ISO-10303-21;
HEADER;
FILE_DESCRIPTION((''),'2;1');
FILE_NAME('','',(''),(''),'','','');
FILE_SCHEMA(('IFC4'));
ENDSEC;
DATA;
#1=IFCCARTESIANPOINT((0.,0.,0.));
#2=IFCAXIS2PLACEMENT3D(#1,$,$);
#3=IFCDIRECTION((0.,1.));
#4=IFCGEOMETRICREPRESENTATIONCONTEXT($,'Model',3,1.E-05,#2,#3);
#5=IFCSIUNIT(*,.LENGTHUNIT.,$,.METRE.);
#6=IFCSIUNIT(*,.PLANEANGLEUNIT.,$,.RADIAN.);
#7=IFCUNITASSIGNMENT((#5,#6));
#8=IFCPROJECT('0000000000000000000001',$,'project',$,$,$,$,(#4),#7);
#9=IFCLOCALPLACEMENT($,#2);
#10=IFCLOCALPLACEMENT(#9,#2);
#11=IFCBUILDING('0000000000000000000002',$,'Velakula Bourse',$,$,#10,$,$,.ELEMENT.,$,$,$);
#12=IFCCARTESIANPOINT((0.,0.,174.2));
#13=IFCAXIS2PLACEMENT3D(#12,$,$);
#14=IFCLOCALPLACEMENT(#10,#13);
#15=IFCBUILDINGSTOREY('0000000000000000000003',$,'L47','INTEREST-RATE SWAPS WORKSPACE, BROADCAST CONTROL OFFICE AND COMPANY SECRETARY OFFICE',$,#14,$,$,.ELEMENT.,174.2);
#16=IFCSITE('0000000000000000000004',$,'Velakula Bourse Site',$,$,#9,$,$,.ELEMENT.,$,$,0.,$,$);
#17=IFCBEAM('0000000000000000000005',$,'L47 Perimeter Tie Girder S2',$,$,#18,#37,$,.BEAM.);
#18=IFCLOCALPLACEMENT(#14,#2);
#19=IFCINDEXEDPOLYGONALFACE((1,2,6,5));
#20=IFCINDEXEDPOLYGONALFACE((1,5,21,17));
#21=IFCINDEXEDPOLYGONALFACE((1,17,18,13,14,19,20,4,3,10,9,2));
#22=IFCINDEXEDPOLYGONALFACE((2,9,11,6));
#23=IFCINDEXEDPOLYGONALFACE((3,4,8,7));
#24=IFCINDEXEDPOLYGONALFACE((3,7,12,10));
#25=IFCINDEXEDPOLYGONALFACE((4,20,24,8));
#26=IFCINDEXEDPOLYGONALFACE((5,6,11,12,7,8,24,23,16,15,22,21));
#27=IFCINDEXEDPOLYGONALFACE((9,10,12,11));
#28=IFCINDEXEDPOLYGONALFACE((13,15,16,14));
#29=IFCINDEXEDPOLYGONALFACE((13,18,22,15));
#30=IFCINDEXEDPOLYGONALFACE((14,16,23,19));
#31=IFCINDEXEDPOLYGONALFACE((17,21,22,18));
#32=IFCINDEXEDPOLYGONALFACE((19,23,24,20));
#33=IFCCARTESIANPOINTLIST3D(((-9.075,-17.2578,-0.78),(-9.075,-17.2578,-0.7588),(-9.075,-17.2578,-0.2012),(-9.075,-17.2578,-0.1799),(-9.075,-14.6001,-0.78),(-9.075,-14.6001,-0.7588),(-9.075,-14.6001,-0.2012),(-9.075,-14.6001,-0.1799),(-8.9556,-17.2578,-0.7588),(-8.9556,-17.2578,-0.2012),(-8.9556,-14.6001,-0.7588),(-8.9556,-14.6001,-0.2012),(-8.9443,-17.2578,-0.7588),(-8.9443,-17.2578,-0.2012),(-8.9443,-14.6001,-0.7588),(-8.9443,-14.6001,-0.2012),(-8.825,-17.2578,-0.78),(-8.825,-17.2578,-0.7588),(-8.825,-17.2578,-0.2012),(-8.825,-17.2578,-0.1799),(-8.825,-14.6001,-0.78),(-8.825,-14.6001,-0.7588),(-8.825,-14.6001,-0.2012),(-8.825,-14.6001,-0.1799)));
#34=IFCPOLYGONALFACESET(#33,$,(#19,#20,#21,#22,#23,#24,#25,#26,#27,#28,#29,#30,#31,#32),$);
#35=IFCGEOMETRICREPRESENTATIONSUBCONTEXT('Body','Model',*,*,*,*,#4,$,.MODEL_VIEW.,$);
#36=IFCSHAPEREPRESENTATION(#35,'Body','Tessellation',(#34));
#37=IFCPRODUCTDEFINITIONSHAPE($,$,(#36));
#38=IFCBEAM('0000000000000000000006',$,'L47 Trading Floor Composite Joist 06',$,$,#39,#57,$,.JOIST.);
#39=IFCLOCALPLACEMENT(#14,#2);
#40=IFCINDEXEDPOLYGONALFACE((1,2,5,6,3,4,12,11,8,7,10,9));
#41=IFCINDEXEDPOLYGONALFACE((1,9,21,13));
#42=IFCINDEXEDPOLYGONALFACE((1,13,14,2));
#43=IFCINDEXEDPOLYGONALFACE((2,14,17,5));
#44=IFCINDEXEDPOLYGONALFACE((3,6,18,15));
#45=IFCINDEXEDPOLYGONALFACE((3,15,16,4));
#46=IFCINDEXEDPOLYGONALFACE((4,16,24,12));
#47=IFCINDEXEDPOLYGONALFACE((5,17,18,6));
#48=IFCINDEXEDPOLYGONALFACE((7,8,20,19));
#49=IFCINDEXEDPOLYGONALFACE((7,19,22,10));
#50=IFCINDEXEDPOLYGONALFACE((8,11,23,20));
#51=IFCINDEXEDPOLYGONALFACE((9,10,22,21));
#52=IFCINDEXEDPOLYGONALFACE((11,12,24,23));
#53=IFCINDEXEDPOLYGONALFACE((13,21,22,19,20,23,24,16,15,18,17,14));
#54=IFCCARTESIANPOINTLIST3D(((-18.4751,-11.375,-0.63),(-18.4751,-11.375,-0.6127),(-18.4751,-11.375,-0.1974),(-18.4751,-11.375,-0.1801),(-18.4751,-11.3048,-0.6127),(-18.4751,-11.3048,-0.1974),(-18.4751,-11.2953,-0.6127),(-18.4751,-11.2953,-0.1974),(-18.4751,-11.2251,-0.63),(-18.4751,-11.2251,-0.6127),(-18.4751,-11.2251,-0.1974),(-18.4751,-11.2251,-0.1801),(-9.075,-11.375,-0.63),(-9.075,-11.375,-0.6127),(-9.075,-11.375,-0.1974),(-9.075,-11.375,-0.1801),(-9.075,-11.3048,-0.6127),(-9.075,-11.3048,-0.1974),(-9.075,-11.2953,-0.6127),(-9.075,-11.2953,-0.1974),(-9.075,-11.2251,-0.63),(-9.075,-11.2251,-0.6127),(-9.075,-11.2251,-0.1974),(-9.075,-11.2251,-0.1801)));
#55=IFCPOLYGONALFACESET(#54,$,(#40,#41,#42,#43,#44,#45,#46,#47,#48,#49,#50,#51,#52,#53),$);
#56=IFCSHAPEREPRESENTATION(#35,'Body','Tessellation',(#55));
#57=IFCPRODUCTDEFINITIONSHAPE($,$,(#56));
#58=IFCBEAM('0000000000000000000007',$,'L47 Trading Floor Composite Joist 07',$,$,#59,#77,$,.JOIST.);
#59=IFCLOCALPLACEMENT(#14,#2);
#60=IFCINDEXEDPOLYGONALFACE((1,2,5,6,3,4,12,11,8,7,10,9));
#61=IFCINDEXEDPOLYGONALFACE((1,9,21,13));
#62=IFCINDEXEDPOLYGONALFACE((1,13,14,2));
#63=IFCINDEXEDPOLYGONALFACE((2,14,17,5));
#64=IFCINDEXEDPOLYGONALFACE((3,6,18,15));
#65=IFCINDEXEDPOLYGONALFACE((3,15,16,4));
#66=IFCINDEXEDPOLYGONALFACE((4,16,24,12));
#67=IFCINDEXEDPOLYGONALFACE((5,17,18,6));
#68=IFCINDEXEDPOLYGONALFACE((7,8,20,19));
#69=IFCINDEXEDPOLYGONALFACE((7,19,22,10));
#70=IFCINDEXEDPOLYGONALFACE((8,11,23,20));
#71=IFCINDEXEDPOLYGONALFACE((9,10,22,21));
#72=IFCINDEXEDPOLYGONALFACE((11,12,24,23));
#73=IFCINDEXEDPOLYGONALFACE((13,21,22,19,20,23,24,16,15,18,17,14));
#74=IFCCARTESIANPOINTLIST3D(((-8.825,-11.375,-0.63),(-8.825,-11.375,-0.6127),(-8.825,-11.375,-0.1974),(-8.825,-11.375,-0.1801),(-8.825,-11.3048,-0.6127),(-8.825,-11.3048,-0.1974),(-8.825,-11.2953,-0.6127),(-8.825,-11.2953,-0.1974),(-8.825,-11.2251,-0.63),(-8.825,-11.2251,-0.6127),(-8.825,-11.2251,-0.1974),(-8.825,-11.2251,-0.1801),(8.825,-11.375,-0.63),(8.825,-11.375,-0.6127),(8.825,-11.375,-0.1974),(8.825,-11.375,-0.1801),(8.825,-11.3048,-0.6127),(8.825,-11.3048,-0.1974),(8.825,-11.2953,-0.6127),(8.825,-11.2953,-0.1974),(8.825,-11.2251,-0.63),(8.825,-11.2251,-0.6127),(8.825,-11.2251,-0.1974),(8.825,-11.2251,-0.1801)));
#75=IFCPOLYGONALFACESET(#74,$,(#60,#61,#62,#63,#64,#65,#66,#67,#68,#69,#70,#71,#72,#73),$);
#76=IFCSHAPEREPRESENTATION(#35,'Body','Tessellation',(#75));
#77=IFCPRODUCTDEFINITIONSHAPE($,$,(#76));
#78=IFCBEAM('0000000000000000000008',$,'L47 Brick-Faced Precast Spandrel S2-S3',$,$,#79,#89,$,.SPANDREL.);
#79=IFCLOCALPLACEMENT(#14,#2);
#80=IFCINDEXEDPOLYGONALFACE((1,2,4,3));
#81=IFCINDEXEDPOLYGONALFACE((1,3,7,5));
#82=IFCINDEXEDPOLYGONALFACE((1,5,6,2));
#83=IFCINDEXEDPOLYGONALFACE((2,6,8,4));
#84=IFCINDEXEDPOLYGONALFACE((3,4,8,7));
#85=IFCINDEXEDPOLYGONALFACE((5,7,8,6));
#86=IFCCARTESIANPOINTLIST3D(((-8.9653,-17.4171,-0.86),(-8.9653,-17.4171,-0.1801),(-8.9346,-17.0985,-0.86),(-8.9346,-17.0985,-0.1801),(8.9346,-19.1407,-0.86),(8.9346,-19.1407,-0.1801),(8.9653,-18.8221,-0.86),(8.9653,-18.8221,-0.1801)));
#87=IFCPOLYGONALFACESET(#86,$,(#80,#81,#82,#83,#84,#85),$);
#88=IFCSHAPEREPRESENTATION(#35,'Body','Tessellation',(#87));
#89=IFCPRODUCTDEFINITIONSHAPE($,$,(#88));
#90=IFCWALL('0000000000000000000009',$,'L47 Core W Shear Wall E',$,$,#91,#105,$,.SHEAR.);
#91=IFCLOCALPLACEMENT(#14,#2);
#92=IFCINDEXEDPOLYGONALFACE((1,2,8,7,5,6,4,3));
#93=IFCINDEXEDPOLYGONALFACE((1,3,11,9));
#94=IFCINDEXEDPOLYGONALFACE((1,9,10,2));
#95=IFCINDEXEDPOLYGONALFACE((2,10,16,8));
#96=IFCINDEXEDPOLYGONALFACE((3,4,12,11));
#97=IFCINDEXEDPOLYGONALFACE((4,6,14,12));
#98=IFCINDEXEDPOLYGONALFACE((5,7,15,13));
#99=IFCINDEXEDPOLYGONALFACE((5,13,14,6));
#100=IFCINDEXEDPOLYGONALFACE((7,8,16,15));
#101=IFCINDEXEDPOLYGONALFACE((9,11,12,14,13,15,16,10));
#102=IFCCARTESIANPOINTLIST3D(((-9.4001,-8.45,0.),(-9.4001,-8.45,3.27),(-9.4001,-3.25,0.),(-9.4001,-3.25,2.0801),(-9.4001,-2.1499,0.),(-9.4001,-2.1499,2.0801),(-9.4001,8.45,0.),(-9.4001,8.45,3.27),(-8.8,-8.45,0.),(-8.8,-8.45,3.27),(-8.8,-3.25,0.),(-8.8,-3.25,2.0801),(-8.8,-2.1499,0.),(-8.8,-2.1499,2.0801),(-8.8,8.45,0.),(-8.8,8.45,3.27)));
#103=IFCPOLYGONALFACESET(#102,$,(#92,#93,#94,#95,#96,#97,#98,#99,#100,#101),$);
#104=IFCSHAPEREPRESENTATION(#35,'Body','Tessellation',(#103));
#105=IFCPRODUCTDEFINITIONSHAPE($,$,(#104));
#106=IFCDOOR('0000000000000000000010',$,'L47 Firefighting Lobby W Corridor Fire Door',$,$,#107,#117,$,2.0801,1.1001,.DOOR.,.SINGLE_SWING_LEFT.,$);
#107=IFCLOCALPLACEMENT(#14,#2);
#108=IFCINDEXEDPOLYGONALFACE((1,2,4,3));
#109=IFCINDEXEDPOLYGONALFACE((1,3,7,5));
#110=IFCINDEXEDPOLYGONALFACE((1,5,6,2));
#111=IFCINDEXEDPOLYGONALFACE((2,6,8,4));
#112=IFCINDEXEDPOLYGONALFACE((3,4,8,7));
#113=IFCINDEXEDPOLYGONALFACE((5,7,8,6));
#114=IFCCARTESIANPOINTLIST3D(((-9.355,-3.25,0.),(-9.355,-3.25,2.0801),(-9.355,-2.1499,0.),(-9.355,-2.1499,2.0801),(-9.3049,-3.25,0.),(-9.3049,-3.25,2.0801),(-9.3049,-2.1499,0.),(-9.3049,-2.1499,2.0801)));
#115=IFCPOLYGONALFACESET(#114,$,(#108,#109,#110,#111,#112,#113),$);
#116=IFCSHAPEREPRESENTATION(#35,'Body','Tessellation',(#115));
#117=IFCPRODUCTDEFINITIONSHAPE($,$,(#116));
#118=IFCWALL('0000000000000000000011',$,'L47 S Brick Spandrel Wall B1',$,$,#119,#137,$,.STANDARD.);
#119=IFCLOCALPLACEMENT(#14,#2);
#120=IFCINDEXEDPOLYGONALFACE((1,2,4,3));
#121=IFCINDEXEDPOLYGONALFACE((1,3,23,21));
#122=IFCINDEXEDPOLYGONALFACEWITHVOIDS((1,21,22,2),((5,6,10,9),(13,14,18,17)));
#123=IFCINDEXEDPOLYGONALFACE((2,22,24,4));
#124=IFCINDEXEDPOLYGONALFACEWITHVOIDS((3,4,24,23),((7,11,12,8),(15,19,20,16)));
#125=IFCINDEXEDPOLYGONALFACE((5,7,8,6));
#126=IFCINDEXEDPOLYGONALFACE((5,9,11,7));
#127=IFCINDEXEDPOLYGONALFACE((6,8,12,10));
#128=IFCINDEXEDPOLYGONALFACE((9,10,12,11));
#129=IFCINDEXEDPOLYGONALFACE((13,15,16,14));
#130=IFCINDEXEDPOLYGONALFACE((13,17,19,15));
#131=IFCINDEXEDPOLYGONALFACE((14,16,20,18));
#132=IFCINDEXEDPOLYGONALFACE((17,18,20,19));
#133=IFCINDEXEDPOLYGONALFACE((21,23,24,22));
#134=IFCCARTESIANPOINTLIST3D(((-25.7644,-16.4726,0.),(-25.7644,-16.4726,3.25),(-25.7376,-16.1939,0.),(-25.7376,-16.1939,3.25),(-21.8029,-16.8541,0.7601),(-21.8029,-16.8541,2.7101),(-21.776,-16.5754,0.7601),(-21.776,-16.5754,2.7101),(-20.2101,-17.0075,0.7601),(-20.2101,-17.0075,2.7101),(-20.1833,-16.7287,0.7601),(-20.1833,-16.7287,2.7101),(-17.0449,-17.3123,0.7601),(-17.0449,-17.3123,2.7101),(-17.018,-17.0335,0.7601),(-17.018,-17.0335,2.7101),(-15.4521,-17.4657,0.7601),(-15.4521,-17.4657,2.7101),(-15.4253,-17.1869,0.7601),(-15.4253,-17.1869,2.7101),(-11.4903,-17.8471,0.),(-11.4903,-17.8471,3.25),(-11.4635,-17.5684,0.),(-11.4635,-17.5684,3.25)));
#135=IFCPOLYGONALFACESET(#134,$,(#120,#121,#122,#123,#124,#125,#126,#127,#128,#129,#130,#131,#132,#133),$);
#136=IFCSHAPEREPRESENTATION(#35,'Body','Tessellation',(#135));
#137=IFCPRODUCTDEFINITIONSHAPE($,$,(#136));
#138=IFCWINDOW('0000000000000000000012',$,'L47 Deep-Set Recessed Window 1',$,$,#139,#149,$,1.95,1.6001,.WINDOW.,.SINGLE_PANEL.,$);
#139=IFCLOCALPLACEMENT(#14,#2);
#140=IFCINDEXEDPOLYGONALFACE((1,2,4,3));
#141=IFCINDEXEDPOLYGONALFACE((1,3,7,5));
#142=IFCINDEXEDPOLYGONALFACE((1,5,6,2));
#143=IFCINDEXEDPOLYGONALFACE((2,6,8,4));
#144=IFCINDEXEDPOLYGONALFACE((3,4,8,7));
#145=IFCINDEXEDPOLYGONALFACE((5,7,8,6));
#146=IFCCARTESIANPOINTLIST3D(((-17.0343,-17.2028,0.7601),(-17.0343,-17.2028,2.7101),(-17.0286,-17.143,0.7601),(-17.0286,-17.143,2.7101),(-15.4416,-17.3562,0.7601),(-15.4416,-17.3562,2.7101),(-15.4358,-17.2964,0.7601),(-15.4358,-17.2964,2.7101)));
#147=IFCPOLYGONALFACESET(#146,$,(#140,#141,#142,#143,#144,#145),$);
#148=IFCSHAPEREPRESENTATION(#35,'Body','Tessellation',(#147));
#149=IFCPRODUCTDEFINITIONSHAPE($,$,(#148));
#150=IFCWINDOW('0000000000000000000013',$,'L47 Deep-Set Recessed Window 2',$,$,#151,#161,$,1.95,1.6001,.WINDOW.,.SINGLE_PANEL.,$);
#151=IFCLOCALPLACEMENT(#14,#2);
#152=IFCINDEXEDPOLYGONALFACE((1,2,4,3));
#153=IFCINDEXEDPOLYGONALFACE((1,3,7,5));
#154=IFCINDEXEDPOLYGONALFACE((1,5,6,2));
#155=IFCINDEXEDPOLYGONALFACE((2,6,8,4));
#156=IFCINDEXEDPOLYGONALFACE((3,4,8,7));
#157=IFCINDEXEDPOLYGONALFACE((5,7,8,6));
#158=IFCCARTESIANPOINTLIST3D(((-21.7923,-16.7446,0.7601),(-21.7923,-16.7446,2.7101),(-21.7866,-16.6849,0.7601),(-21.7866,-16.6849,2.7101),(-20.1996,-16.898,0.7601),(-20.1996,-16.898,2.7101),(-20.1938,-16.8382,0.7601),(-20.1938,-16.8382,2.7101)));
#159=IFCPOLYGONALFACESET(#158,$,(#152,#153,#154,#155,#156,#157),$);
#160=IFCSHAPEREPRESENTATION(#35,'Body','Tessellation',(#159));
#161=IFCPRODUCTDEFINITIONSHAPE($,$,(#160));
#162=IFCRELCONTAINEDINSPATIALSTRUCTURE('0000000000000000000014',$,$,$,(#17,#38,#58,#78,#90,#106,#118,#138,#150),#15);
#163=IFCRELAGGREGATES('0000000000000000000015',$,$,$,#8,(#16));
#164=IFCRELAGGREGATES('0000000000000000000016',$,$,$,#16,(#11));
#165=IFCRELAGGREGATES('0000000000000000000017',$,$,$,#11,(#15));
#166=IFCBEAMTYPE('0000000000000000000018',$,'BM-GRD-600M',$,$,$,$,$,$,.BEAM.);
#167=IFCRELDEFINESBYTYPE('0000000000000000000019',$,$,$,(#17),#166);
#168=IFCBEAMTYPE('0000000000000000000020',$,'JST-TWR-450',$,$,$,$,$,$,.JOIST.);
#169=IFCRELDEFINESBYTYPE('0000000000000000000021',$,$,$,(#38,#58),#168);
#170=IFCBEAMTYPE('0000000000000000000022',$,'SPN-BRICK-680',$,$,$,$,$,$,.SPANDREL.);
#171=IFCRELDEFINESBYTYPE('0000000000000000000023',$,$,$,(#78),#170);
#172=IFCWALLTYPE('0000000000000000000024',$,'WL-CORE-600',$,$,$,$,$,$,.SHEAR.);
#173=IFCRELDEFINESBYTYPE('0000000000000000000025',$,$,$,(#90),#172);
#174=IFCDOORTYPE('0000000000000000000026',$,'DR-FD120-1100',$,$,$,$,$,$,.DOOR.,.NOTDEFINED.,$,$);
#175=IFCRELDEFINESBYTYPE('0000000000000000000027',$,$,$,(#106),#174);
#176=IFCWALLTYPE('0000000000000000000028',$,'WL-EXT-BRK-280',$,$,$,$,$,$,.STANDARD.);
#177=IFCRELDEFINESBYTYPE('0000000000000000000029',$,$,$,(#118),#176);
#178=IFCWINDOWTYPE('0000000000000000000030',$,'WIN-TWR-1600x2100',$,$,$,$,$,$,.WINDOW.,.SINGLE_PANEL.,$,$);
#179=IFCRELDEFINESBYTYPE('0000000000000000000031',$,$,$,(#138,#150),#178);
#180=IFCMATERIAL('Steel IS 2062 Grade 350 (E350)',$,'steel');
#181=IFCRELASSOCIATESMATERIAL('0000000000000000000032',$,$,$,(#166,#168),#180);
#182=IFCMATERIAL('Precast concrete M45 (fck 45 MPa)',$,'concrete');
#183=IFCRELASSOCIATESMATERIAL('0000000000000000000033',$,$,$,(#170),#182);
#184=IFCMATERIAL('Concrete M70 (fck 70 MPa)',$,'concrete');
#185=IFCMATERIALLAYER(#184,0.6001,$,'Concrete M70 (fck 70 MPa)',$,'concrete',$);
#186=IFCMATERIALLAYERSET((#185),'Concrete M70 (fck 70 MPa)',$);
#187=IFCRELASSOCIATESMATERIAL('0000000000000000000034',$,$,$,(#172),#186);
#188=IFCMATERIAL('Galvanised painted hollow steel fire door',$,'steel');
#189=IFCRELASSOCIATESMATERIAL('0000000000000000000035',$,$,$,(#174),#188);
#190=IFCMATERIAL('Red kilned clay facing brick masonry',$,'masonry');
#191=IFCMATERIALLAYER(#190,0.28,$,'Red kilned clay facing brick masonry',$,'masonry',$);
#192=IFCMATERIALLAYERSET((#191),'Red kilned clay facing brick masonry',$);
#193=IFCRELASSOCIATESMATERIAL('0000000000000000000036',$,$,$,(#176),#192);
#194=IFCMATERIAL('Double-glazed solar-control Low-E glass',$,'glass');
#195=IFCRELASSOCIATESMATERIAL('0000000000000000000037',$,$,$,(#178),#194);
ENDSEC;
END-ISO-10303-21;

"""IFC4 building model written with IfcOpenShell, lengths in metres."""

from ifc_helpers import new_model, si_unit, direction, frame, frame_2d, origin, origin_2d, place, context, subcontext, project, spatial, rectangle, i_section, extrude, material, layer, layer_set, material_profile, profile_set, type_object, element, fill, save


model = new_model("IFC4")

# Units and contexts
model_context = context("Model", 3, precision=1e-05, world=origin(), true_north=direction((0.0, 1.0)))
body_context = subcontext(model_context, "Body", "Model", "MODEL_VIEW")
ifc_project = project(units=[si_unit("LENGTHUNIT", "METRE"), si_unit("PLANEANGLEUNIT", "RADIAN")], contexts=[model_context])

# Site, building, storey
site_placement = place(None, origin())
site = spatial("IfcSite", under=ifc_project, at=site_placement, Name="Velakula Bourse Site", CompositionType="ELEMENT", RefElevation=0.0)
building_placement = place(site_placement, origin())
building = spatial("IfcBuilding", under=site, at=building_placement, Name="Velakula Bourse", CompositionType="ELEMENT")
storey_placement = place(building_placement, frame((0.0, 0.0, 174.2)))
storey = spatial("IfcBuildingStorey", under=building, at=storey_placement, Name="L47", Description="INTEREST-RATE SWAPS WORKSPACE, BROADCAST CONTROL OFFICE AND COMPANY SECRETARY OFFICE", CompositionType="ELEMENT", Elevation=174.2)

# Shared definitions
ifc_material_1 = material(Name="Concrete M70 (fck 70 MPa)", Category="concrete")
ifc_material_2 = material(Name="Steel IS 2062 Grade 350 (E350)", Category="steel")

# Beams
ifc_material_profile_1 = material_profile(ifc_material_2, i_section(OverallWidth=0.25, OverallDepth=0.6001, WebThickness=0.0112, FlangeThickness=0.0212, at=origin_2d()), Name="Steel IS 2062 Grade 350 (E350)")
ifc_profile_set_1 = profile_set([ifc_material_profile_1], Name="Steel IS 2062 Grade 350 (E350)")
beam_type_1 = type_object("IfcBeamType", Name="BM-GRD-600M", PredefinedType="BEAM", material=ifc_profile_set_1)
beam_1_placement = place(storey_placement, frame((-8.95, -14.6001, -0.48), z_axis=(0.0, -1.0, 0.0), x_axis=(1.0, 0.0, 0.0)))
element("IfcBeam", 1, at=beam_1_placement, inside=storey, type_object=beam_type_1, Name="L47 Perimeter Tie Girder S2", PredefinedType="BEAM", context=body_context, shape_type="SweptSolid", body=[
    extrude(i_section(OverallWidth=0.25, OverallDepth=0.6001, WebThickness=0.0112, FlangeThickness=0.0212, at=origin_2d()), origin(), (0.0, 0.0, 1.0), 2.6577),
])
ifc_material_profile_2 = material_profile(ifc_material_2, i_section(OverallWidth=0.1499, OverallDepth=0.45, WebThickness=0.0095, FlangeThickness=0.0173, at=origin_2d()), Name="Steel IS 2062 Grade 350 (E350)")
ifc_profile_set_2 = profile_set([ifc_material_profile_2], Name="Steel IS 2062 Grade 350 (E350)")
beam_type_2 = type_object("IfcBeamType", Name="JST-TWR-450", PredefinedType="JOIST", material=ifc_profile_set_2)
beam_2_placement = place(storey_placement, frame((-18.4751, -11.3, -0.405), z_axis=(1.0, 0.0, 0.0), x_axis=(0.0, 1.0, 0.0)))
element("IfcBeam", 2, at=beam_2_placement, inside=storey, type_object=beam_type_2, Name="L47 Trading Floor Composite Joist 06", PredefinedType="JOIST", context=body_context, shape_type="SweptSolid", body=[
    extrude(i_section(OverallWidth=0.1499, OverallDepth=0.45, WebThickness=0.0095, FlangeThickness=0.0173, at=origin_2d()), origin(), (0.0, 0.0, 1.0), 9.4001),
])
beam_3_placement = place(storey_placement, frame((-8.825, -11.3, -0.405), z_axis=(1.0, 0.0, 0.0), x_axis=(0.0, 1.0, 0.0)))
element("IfcBeam", 3, at=beam_3_placement, inside=storey, type_object=beam_type_2, Name="L47 Trading Floor Composite Joist 07", PredefinedType="JOIST", context=body_context, shape_type="SweptSolid", body=[
    extrude(i_section(OverallWidth=0.1499, OverallDepth=0.45, WebThickness=0.0095, FlangeThickness=0.0173, at=origin_2d()), origin(), (0.0, 0.0, 1.0), 17.6499),
])
ifc_material_3 = material(Name="Precast concrete M45 (fck 45 MPa)", Category="concrete")
ifc_material_profile_3 = material_profile(ifc_material_3, rectangle(XDim=0.3201, YDim=0.6799, at=origin_2d()), Name="Precast concrete M45 (fck 45 MPa)")
ifc_profile_set_3 = profile_set([ifc_material_profile_3], Name="Precast concrete M45 (fck 45 MPa)")
beam_type_3 = type_object("IfcBeamType", Name="SPN-BRICK-680", PredefinedType="SPANDREL", material=ifc_profile_set_3)
beam_4_placement = place(storey_placement, frame((-8.95, -17.2578, -0.52), z_axis=(0.995396, -0.09585, 0.0), x_axis=(0.09585, 0.995396, 0.0)))
element("IfcBeam", 4, at=beam_4_placement, inside=storey, type_object=beam_type_3, Name="L47 Brick-Faced Precast Spandrel S2-S3", PredefinedType="SPANDREL", context=body_context, shape_type="SweptSolid", body=[
    extrude(rectangle(XDim=0.3201, YDim=0.6799, at=origin_2d()), origin(), (0.0, 0.0, 1.0), 17.9827),
])

# Wall, opening, door
ifc_layer_1 = layer(ifc_material_1, 0.6001, Name="Concrete M70 (fck 70 MPa)", Category="concrete")
ifc_layer_set_1 = layer_set([ifc_layer_1], Name="Concrete M70 (fck 70 MPa)")
wall_type_1 = type_object("IfcWallType", Name="WL-CORE-600", PredefinedType="SHEAR", material=ifc_layer_set_1)
wall_1_placement = place(storey_placement, frame((-9.1001, -8.45, 0.0), z_axis=(0.0, 0.0, 1.0), x_axis=(0.0, 1.0, 0.0)))
wall_1 = element("IfcWall", 5, at=wall_1_placement, inside=storey, type_object=wall_type_1, Name="L47 Core W Shear Wall E", PredefinedType="SHEAR", context=body_context, shape_type="SweptSolid", body=[
    extrude(rectangle(XDim=16.8999, YDim=0.6001, at=frame_2d((8.45, 0.0))), origin(), (0.0, 0.0, 1.0), 3.27),
])
opening_1_placement = place(wall_1_placement, frame((5.2, 0.0, 0.0)))
opening_1 = element("IfcOpeningElement", 6, at=opening_1_placement, cuts=wall_1, PredefinedType="OPENING", context=body_context, shape_type="SweptSolid", body=[
    extrude(rectangle(XDim=1.1001, YDim=2.0801, at=frame_2d((0.55, 1.04))), frame((0.0, 0.3101, 0.0), z_axis=(0.0, -1.0, 0.0), x_axis=(1.0, 0.0, 0.0)), (0.0, 0.0, 1.0), 0.6201),
])
ifc_material_4 = material(Name="Galvanised painted hollow steel fire door", Category="steel")
door_type = type_object("IfcDoorType", Name="DR-FD120-1100", OperationType="NOTDEFINED", PredefinedType="DOOR", material=ifc_material_4)
door_placement = place(opening_1_placement, origin())
door = element("IfcDoor", 7, at=door_placement, inside=storey, type_object=door_type, Name="L47 Firefighting Lobby W Corridor Fire Door", OperationType="SINGLE_SWING_LEFT", OverallHeight=2.0801, OverallWidth=1.1001, PredefinedType="DOOR", context=body_context, shape_type="SweptSolid", body=[
    extrude(rectangle(XDim=1.1001, YDim=2.0801, at=frame_2d((0.55, 1.04))), frame((0.0, 0.2549, 0.0), z_axis=(0.0, -1.0, 0.0), x_axis=(1.0, 0.0, 0.0)), (0.0, 0.0, 1.0), 0.05),
])
fill(opening_1, door)

# Wall, openings, windows
ifc_material_5 = material(Name="Red kilned clay facing brick masonry", Category="masonry")
ifc_layer_2 = layer(ifc_material_5, 0.28, Name="Red kilned clay facing brick masonry", Category="masonry")
ifc_layer_set_2 = layer_set([ifc_layer_2], Name="Red kilned clay facing brick masonry")
wall_type_2 = type_object("IfcWallType", Name="WL-EXT-BRK-280", PredefinedType="STANDARD", material=ifc_layer_set_2)
wall_2_placement = place(storey_placement, frame((-11.4771, -17.7078, 0.0), z_axis=(0.0, 0.0, 1.0), x_axis=(-0.995396, 0.09585, 0.0)))
wall_2 = element("IfcWall", 8, at=wall_2_placement, inside=storey, type_object=wall_type_2, Name="L47 S Brick Spandrel Wall B1", PredefinedType="STANDARD", context=body_context, shape_type="SweptSolid", body=[
    extrude(rectangle(XDim=14.3401, YDim=0.28, at=frame_2d((7.1699, 0.0))), origin(), (0.0, 0.0, 1.0), 3.25),
])
opening_2_placement = place(wall_2_placement, frame((3.98, 0.0, 0.76)))
opening_2 = element("IfcOpeningElement", 9, at=opening_2_placement, cuts=wall_2, PredefinedType="OPENING", context=body_context, shape_type="SweptSolid", body=[
    extrude(rectangle(XDim=1.6001, YDim=1.95, at=frame_2d((0.8, 0.9751))), frame((0.0, 0.1499, 0.0), z_axis=(0.0, -1.0, 0.0), x_axis=(1.0, 0.0, 0.0)), (0.0, 0.0, 1.0), 0.3),
])
opening_3_placement = place(wall_2_placement, frame((8.76, 0.0, 0.76)))
opening_3 = element("IfcOpeningElement", 10, at=opening_3_placement, cuts=wall_2, PredefinedType="OPENING", context=body_context, shape_type="SweptSolid", body=[
    extrude(rectangle(XDim=1.6001, YDim=1.95, at=frame_2d((0.8, 0.9751))), frame((0.0, 0.1499, 0.0), z_axis=(0.0, -1.0, 0.0), x_axis=(1.0, 0.0, 0.0)), (0.0, 0.0, 1.0), 0.3),
])
ifc_material_6 = material(Name="Double-glazed solar-control Low-E glass", Category="glass")
window_type = type_object("IfcWindowType", Name="WIN-TWR-1600x2100", PartitioningType="SINGLE_PANEL", PredefinedType="WINDOW", material=ifc_material_6)
window_1_placement = place(opening_2_placement, origin())
window_1 = element("IfcWindow", 11, at=window_1_placement, inside=storey, type_object=window_type, Name="L47 Deep-Set Recessed Window 1", OverallHeight=1.95, OverallWidth=1.6001, PartitioningType="SINGLE_PANEL", PredefinedType="WINDOW", context=body_context, shape_type="SweptSolid", body=[
    extrude(rectangle(XDim=1.6001, YDim=1.95, at=frame_2d((0.8, 0.9751))), frame((0.0, 0.03, 0.0), z_axis=(0.0, -1.0, 0.0), x_axis=(1.0, 0.0, 0.0)), (0.0, 0.0, 1.0), 0.0601),
])
fill(opening_2, window_1)
window_2_placement = place(opening_3_placement, origin())
window_2 = element("IfcWindow", 12, at=window_2_placement, inside=storey, type_object=window_type, Name="L47 Deep-Set Recessed Window 2", OverallHeight=1.95, OverallWidth=1.6001, PartitioningType="SINGLE_PANEL", PredefinedType="WINDOW", context=body_context, shape_type="SweptSolid", body=[
    extrude(rectangle(XDim=1.6001, YDim=1.95, at=frame_2d((0.8, 0.9751))), frame((0.0, 0.03, 0.0), z_axis=(0.0, -1.0, 0.0), x_axis=(1.0, 0.0, 0.0)), (0.0, 0.0, 1.0), 0.0601),
])
fill(opening_3, window_2)

save(model, "model.ifc")
